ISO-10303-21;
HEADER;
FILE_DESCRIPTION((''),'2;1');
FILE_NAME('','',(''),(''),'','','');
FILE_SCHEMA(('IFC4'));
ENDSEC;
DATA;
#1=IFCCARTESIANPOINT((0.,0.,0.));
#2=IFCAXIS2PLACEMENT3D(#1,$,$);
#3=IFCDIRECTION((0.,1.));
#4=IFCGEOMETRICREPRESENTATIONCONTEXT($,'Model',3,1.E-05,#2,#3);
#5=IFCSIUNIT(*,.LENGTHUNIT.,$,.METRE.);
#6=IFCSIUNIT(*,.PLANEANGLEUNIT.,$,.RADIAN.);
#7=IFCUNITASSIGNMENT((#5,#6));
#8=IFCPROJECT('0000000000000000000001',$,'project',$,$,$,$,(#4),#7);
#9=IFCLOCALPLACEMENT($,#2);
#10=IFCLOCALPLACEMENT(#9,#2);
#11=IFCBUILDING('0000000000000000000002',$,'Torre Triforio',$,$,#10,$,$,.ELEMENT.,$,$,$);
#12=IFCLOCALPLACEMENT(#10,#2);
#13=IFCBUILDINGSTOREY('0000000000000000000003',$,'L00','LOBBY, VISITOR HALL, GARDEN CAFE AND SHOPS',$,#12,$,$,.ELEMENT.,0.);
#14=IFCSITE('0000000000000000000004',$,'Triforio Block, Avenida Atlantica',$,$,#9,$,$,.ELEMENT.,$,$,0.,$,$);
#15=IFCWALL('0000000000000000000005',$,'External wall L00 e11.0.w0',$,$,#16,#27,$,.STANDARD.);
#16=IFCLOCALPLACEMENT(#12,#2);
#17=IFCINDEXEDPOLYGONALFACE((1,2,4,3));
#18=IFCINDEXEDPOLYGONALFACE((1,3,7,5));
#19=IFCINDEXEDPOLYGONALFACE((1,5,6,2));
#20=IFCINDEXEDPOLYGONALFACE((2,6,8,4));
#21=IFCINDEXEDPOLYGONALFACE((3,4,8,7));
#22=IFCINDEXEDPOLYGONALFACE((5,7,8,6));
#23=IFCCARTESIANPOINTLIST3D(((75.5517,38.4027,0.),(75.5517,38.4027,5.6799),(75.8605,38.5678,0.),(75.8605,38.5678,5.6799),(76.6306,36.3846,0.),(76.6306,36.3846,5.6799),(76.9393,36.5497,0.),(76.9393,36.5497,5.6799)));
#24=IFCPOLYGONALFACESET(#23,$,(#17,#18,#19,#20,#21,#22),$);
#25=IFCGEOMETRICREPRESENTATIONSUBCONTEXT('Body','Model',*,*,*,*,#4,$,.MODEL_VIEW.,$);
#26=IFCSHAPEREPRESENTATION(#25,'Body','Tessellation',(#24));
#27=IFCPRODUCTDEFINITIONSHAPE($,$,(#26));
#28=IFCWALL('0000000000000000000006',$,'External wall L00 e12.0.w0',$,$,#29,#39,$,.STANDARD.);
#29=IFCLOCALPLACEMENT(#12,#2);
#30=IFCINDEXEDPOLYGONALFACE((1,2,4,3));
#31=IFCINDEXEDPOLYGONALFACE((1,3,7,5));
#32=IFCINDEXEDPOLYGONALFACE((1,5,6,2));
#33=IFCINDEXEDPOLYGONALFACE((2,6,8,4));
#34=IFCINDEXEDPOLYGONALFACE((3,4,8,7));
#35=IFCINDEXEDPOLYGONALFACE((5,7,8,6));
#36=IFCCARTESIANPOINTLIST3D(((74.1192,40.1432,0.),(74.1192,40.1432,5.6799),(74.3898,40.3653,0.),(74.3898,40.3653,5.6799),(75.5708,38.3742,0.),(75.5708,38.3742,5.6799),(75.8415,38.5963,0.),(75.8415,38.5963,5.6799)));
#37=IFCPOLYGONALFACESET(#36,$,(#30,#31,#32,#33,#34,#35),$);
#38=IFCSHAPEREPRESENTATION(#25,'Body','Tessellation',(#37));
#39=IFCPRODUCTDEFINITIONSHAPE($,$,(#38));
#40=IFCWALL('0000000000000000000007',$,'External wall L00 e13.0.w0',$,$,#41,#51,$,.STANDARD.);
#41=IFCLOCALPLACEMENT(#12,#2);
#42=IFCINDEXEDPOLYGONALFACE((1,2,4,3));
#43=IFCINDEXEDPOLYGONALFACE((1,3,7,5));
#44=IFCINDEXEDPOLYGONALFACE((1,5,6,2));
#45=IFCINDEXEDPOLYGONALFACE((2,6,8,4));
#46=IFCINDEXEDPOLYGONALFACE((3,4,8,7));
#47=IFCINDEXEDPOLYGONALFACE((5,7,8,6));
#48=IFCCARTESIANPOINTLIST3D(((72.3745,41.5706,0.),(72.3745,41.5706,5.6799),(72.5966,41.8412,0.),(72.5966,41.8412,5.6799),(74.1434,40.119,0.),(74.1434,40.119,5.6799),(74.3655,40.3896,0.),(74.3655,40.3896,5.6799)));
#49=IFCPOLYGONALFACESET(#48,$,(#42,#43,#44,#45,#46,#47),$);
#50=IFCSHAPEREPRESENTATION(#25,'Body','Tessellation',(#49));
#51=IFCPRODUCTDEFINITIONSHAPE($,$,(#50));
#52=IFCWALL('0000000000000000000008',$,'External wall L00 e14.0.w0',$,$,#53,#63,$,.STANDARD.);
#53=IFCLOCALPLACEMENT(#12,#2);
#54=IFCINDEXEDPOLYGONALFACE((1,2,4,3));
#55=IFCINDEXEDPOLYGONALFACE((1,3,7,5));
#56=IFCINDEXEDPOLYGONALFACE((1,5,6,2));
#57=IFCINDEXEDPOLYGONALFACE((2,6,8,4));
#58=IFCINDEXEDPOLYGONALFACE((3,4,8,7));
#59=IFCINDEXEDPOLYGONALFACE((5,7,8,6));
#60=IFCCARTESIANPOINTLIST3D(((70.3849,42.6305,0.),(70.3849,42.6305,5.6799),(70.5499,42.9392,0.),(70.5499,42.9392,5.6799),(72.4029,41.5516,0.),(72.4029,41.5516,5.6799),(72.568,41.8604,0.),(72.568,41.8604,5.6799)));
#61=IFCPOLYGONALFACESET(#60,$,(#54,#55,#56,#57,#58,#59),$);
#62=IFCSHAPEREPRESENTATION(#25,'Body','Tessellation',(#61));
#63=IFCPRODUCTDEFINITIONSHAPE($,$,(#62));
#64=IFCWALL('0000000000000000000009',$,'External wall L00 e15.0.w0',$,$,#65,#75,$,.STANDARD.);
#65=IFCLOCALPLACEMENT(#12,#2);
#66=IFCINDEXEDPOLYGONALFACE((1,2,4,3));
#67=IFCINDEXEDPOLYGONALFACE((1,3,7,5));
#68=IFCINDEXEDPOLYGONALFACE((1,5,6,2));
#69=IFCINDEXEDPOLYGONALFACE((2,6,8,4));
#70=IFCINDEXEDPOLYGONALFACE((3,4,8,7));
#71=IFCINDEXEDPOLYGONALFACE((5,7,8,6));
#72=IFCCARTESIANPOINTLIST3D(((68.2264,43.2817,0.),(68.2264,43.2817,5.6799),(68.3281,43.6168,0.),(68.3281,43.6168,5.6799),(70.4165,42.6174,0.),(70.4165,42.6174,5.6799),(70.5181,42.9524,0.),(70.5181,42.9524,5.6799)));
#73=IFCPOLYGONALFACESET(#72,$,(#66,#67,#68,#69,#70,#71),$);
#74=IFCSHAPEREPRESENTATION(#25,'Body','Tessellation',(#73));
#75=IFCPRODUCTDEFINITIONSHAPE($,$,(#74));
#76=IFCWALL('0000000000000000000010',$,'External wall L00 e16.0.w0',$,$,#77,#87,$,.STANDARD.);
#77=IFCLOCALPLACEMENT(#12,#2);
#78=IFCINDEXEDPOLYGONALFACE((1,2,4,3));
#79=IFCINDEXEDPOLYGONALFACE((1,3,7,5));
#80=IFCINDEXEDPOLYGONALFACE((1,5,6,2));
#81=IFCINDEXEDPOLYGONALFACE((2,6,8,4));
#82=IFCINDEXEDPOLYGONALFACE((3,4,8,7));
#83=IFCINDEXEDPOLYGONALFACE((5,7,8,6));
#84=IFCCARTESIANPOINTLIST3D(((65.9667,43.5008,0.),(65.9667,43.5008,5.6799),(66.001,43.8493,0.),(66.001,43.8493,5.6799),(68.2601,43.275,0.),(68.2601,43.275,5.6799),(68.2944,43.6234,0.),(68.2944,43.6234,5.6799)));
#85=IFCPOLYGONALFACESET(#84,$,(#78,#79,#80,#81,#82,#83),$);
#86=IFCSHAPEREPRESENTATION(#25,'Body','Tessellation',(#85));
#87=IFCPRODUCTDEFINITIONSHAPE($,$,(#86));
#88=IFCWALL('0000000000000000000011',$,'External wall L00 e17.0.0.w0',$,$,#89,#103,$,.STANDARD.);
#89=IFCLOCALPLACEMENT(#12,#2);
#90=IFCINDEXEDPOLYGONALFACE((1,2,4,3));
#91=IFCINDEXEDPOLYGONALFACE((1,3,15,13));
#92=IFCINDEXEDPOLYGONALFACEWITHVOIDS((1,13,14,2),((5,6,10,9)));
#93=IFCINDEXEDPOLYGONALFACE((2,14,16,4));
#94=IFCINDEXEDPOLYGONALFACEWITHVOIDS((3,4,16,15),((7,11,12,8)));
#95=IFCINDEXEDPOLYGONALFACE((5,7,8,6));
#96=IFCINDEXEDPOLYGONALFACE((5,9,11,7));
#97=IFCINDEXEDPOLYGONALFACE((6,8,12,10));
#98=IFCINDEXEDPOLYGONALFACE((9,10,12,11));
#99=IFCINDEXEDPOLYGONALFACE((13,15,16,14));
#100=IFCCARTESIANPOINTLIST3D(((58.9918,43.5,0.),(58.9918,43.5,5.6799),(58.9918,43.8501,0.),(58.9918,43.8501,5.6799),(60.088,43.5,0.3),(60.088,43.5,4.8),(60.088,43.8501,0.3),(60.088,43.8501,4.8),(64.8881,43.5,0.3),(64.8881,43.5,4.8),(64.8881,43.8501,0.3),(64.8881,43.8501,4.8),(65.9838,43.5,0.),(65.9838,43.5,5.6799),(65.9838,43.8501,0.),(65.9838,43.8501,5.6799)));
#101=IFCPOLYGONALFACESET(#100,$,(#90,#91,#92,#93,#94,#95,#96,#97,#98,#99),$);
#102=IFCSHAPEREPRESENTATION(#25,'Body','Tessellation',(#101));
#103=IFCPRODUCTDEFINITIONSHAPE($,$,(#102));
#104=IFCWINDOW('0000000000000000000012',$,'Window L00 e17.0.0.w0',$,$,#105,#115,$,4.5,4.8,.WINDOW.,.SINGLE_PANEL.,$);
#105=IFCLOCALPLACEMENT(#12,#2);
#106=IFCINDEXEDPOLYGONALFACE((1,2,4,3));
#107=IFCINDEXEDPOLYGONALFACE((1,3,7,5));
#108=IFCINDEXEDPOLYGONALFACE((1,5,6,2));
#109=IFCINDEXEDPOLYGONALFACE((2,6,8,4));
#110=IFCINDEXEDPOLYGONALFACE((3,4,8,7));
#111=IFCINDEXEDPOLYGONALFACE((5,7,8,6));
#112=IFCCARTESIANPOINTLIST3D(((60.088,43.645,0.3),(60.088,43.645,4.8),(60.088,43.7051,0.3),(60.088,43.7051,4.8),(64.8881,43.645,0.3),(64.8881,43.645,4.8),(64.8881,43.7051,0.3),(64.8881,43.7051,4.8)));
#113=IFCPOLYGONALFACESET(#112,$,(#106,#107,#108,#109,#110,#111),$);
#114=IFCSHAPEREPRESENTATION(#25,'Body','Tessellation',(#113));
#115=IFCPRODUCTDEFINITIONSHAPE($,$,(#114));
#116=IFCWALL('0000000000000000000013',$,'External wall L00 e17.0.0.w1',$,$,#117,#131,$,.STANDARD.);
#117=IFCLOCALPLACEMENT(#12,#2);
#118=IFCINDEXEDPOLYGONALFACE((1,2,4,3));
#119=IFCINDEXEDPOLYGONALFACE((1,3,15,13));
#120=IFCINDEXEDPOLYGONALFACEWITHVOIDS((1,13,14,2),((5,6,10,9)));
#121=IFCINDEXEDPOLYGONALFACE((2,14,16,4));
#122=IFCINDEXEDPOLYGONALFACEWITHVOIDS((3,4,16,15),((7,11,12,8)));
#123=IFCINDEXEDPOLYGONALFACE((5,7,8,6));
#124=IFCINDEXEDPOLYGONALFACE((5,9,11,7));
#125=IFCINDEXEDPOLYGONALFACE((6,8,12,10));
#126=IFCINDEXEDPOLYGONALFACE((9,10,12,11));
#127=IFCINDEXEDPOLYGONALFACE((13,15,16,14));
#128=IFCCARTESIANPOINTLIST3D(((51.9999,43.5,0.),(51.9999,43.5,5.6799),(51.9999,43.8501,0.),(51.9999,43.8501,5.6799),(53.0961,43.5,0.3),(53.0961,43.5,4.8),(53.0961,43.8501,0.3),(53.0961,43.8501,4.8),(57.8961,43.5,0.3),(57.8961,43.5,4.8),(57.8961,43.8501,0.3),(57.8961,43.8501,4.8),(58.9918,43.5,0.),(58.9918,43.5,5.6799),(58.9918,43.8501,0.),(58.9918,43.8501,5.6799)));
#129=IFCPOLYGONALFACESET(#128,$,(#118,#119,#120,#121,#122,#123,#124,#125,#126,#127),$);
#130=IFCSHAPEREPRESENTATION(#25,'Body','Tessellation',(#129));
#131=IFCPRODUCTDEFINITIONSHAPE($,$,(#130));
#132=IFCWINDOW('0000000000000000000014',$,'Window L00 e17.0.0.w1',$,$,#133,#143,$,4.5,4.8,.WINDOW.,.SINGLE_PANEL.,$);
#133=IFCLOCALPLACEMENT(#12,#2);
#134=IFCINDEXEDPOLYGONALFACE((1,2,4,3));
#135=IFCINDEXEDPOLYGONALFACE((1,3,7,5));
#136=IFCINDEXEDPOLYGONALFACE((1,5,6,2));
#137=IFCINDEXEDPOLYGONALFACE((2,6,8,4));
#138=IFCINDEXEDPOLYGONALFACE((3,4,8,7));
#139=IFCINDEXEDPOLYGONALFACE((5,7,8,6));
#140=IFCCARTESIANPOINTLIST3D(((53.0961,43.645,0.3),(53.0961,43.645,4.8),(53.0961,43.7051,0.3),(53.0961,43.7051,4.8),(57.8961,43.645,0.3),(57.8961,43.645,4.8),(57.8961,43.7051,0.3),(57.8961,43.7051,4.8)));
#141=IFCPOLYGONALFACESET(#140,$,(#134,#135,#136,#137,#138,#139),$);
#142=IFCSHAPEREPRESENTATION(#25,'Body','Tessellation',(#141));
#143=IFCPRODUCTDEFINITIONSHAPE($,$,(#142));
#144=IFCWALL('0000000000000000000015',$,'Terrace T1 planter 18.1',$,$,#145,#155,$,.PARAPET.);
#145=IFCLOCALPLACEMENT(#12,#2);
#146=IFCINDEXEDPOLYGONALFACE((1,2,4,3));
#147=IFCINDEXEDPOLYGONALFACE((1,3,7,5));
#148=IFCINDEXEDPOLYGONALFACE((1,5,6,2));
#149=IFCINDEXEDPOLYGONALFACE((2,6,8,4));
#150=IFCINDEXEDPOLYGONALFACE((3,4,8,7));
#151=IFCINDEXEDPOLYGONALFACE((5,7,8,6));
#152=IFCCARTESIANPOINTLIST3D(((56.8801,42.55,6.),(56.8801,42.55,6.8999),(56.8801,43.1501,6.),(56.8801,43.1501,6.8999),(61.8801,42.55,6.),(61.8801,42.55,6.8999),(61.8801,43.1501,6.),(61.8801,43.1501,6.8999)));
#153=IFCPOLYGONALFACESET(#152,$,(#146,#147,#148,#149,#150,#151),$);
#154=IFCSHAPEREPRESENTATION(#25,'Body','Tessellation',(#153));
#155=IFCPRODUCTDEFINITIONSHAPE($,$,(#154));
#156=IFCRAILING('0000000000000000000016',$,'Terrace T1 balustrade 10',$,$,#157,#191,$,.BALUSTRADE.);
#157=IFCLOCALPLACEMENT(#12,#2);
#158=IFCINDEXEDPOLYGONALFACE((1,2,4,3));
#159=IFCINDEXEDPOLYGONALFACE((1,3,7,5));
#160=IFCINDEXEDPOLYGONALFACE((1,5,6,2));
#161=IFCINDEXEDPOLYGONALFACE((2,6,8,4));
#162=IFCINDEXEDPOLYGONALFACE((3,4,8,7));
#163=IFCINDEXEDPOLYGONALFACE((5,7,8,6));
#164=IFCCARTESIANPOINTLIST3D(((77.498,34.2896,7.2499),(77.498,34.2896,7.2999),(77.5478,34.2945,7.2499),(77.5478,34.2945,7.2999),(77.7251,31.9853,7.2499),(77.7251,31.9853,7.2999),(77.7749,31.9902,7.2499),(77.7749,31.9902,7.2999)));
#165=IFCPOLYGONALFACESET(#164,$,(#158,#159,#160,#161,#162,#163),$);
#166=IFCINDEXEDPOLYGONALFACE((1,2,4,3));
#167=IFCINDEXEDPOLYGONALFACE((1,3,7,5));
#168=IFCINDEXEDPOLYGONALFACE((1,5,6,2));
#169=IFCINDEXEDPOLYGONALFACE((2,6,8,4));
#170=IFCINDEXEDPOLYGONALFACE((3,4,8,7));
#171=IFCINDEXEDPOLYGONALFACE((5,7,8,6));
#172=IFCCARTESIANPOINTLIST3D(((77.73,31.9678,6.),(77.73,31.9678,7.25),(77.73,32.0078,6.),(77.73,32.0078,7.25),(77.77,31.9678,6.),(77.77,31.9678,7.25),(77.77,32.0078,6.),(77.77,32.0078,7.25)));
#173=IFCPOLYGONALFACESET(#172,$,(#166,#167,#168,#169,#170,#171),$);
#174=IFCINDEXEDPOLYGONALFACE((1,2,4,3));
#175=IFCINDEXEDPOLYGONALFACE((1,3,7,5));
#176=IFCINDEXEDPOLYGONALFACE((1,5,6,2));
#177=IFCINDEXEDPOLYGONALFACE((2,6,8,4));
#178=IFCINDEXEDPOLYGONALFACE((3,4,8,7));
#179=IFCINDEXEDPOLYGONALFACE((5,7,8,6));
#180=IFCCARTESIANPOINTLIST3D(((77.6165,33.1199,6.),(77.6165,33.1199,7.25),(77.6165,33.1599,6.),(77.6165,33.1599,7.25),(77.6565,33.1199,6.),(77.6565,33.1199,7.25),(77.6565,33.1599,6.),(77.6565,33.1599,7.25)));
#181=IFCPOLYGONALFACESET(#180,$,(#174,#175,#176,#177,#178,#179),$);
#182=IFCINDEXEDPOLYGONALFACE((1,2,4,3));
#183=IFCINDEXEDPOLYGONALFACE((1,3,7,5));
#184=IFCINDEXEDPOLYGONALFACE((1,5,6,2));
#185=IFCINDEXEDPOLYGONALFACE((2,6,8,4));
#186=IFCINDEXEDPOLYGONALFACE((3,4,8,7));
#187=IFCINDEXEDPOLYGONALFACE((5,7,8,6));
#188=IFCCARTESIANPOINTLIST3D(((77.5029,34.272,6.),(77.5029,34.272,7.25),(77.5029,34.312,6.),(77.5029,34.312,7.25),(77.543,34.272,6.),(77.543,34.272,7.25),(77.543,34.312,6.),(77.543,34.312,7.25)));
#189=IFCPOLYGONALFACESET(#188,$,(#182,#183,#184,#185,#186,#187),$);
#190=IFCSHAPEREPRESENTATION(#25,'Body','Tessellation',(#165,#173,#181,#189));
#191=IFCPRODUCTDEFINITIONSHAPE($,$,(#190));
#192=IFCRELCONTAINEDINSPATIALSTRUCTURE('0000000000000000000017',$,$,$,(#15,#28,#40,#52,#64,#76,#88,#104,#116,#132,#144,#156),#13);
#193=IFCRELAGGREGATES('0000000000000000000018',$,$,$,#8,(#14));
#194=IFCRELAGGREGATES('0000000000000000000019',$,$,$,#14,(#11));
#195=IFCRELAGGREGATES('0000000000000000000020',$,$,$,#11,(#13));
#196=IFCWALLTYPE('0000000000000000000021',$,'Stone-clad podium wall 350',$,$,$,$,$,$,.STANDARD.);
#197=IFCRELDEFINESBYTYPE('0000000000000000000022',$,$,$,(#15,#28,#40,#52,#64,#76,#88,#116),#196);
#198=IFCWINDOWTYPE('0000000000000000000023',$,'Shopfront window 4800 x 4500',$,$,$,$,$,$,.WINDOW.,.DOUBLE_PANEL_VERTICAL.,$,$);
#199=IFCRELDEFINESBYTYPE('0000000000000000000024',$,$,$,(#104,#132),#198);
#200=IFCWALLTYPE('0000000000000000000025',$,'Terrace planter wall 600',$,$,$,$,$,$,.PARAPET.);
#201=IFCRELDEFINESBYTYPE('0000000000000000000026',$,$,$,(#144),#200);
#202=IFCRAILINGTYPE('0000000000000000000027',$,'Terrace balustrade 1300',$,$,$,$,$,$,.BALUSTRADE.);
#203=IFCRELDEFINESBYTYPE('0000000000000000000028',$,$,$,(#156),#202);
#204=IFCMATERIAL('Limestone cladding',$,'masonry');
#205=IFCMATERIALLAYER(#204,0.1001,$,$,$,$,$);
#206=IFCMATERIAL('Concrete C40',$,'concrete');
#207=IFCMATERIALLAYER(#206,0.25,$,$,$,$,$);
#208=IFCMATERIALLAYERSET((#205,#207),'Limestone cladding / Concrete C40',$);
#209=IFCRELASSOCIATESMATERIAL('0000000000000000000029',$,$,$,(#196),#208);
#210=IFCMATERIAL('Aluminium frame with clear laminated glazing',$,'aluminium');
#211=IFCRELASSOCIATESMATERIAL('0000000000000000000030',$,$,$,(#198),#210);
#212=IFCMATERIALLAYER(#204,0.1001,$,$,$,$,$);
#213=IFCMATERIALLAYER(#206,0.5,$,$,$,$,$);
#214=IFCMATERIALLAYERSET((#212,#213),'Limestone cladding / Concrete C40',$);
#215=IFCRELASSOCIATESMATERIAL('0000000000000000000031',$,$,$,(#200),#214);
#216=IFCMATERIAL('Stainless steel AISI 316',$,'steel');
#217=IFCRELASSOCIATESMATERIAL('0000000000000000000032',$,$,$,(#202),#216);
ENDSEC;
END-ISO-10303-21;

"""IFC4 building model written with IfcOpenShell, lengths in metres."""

from ifc_helpers import new_model, si_unit, direction, frame, frame_2d, origin, origin_2d, place, context, subcontext, project, spatial, rectangle, extrude, material, layer, layer_set, type_object, element, fill, save


model = new_model("IFC4")

# Units and contexts
model_context = context("Model", 3, precision=1e-05, world=origin(), true_north=direction((0.0, 1.0)))
body_context = subcontext(model_context, "Body", "Model", "MODEL_VIEW")
ifc_project = project(units=[si_unit("LENGTHUNIT", "METRE"), si_unit("PLANEANGLEUNIT", "RADIAN")], contexts=[model_context])

# Site, building, storey
site_placement = place(None, origin())
site = spatial("IfcSite", under=ifc_project, at=site_placement, Name="Triforio Block, Avenida Atlantica", CompositionType="ELEMENT", RefElevation=0.0)
building_placement = place(site_placement, origin())
building = spatial("IfcBuilding", under=site, at=building_placement, Name="Torre Triforio", CompositionType="ELEMENT")
storey_placement = place(building_placement, origin())
storey = spatial("IfcBuildingStorey", under=building, at=storey_placement, Name="L00", Description="LOBBY, VISITOR HALL, GARDEN CAFE AND SHOPS", CompositionType="ELEMENT", Elevation=0.0)

# Walls
ifc_material_1 = material(Name="Concrete C40", Category="concrete")
ifc_material_2 = material(Name="Limestone cladding", Category="masonry")
ifc_layer_1 = layer(ifc_material_2, 0.1001)
ifc_layer_2 = layer(ifc_material_1, 0.25)
ifc_layer_set_1 = layer_set([ifc_layer_1, ifc_layer_2], Name="Limestone cladding / Concrete C40")
wall_type_1 = type_object("IfcWallType", Name="Stone-clad podium wall 350", PredefinedType="STANDARD", material=ifc_layer_set_1)
for number, where, z_axis, x_axis, name in (
    (1, (76.7849, 36.4673, 0.0), (0.0, 0.0, 1.0), (-0.471457, 0.881889, 0.0), "External wall L00 e11.0.w0"),
    (2, (75.7061, 38.4854, 0.0), (0.0, 0.0, 1.0), (-0.634353, 0.773044, 0.0), "External wall L00 e12.0.w0"),
    (3, (74.2544, 40.2544, 0.0), (0.0, 0.0, 1.0), (-0.773044, 0.634353, 0.0), "External wall L00 e13.0.w0"),
    (4, (72.4854, 41.7061, 0.0), (0.0, 0.0, 1.0), (-0.881889, 0.471457, 0.0), "External wall L00 e14.0.w0"),
):
    element("IfcWall", number, at=place(storey_placement, frame(where, z_axis=z_axis, x_axis=x_axis)), inside=storey, type_object=wall_type_1, Name=name, PredefinedType="STANDARD", context=body_context, shape_type="SweptSolid", body=[
        extrude(rectangle(XDim=2.2883, YDim=0.3501, at=frame_2d((1.144, 0.0))), origin(), (0.0, 0.0, 1.0), 5.6799),
    ])
wall_1_placement = place(storey_placement, frame((70.4673, 42.7849, 0.0), z_axis=(0.0, 0.0, 1.0), x_axis=(-0.956941, 0.290283, 0.0)))
element("IfcWall", 5, at=wall_1_placement, inside=storey, type_object=wall_type_1, Name="External wall L00 e15.0.w0", PredefinedType="STANDARD", context=body_context, shape_type="SweptSolid", body=[
    extrude(rectangle(XDim=2.2886, YDim=0.3501, at=frame_2d((1.1443, 0.0))), origin(), (0.0, 0.0, 1.0), 5.6799),
])
wall_2_placement = place(storey_placement, frame((68.2773, 43.4492, 0.0), z_axis=(0.0, 0.0, 1.0), x_axis=(-0.995187, 0.097993, 0.0)))
element("IfcWall", 6, at=wall_2_placement, inside=storey, type_object=wall_type_1, Name="External wall L00 e16.0.w0", PredefinedType="STANDARD", context=body_context, shape_type="SweptSolid", body=[
    extrude(rectangle(XDim=2.3044, YDim=0.3501, at=frame_2d((1.1523, 0.0))), origin(), (0.0, 0.0, 1.0), 5.6799),
])

# Walls, openings, windows
wall_3_placement = place(storey_placement, frame((65.9839, 43.675, 0.0), z_axis=(0.0, 0.0, 1.0), x_axis=(-1.0, 0.0, 0.0)))
wall_3 = element("IfcWall", 7, at=wall_3_placement, inside=storey, type_object=wall_type_1, Name="External wall L00 e17.0.0.w0", PredefinedType="STANDARD", context=body_context, shape_type="SweptSolid", body=[
    extrude(rectangle(XDim=6.9919, YDim=0.3501, at=frame_2d((3.4961, 0.0))), origin(), (0.0, 0.0, 1.0), 5.6799),
])
opening_1_placement = place(wall_3_placement, frame((1.0959, 0.0, 0.3)))
opening_1 = element("IfcOpeningElement", 8, at=opening_1_placement, cuts=wall_3, PredefinedType="OPENING", context=body_context, shape_type="SweptSolid", body=[
    extrude(rectangle(XDim=4.8, YDim=4.5, at=frame_2d((2.3999, 2.25))), frame((0.0, 0.1851, 0.0), z_axis=(0.0, -1.0, 0.0), x_axis=(1.0, 0.0, 0.0)), (0.0, 0.0, 1.0), 0.3701),
])
ifc_material_3 = material(Name="Aluminium frame with clear laminated glazing", Category="aluminium")
window_type = type_object("IfcWindowType", Name="Shopfront window 4800 x 4500", PartitioningType="DOUBLE_PANEL_VERTICAL", PredefinedType="WINDOW", material=ifc_material_3)
window_1_placement = place(opening_1_placement, origin())
window_1 = element("IfcWindow", 9, at=window_1_placement, inside=storey, type_object=window_type, Name="Window L00 e17.0.0.w0", OverallHeight=4.5, OverallWidth=4.8, PartitioningType="SINGLE_PANEL", PredefinedType="WINDOW", context=body_context, shape_type="SweptSolid", body=[
    extrude(rectangle(XDim=4.8, YDim=4.5, at=frame_2d((2.3999, 2.25))), frame((0.0, 0.03, 0.0), z_axis=(0.0, -1.0, 0.0), x_axis=(1.0, 0.0, 0.0)), (0.0, 0.0, 1.0), 0.0601),
])
fill(opening_1, window_1)
wall_4_placement = place(storey_placement, frame((58.9919, 43.675, 0.0), z_axis=(0.0, 0.0, 1.0), x_axis=(-1.0, 0.0, 0.0)))
wall_4 = element("IfcWall", 10, at=wall_4_placement, inside=storey, type_object=wall_type_1, Name="External wall L00 e17.0.0.w1", PredefinedType="STANDARD", context=body_context, shape_type="SweptSolid", body=[
    extrude(rectangle(XDim=6.9919, YDim=0.3501, at=frame_2d((3.4961, 0.0))), origin(), (0.0, 0.0, 1.0), 5.6799),
])
opening_2_placement = place(wall_4_placement, frame((1.0959, 0.0, 0.3)))
opening_2 = element("IfcOpeningElement", 11, at=opening_2_placement, cuts=wall_4, PredefinedType="OPENING", context=body_context, shape_type="SweptSolid", body=[
    extrude(rectangle(XDim=4.8, YDim=4.5, at=frame_2d((2.3999, 2.25))), frame((0.0, 0.1851, 0.0), z_axis=(0.0, -1.0, 0.0), x_axis=(1.0, 0.0, 0.0)), (0.0, 0.0, 1.0), 0.3701),
])
window_2_placement = place(opening_2_placement, origin())
window_2 = element("IfcWindow", 12, at=window_2_placement, inside=storey, type_object=window_type, Name="Window L00 e17.0.0.w1", OverallHeight=4.5, OverallWidth=4.8, PartitioningType="SINGLE_PANEL", PredefinedType="WINDOW", context=body_context, shape_type="SweptSolid", body=[
    extrude(rectangle(XDim=4.8, YDim=4.5, at=frame_2d((2.3999, 2.25))), frame((0.0, 0.03, 0.0), z_axis=(0.0, -1.0, 0.0), x_axis=(1.0, 0.0, 0.0)), (0.0, 0.0, 1.0), 0.0601),
])
fill(opening_2, window_2)

# Wall
ifc_layer_3 = layer(ifc_material_2, 0.1001)
ifc_layer_4 = layer(ifc_material_1, 0.5)
ifc_layer_set_2 = layer_set([ifc_layer_3, ifc_layer_4], Name="Limestone cladding / Concrete C40")
wall_type_2 = type_object("IfcWallType", Name="Terrace planter wall 600", PredefinedType="PARAPET", material=ifc_layer_set_2)
wall_5_placement = place(storey_placement, frame((61.8801, 42.8501, 6.0), z_axis=(0.0, 0.0, 1.0), x_axis=(-1.0, 0.0, 0.0)))
element("IfcWall", 13, at=wall_5_placement, inside=storey, type_object=wall_type_2, Name="Terrace T1 planter 18.1", PredefinedType="PARAPET", context=body_context, shape_type="SweptSolid", body=[
    extrude(rectangle(XDim=5.0, YDim=0.6001, at=frame_2d((2.5, 0.0))), origin(), (0.0, 0.0, 1.0), 0.8999),
])

# Railing
ifc_material_4 = material(Name="Stainless steel AISI 316", Category="steel")
railing_type = type_object("IfcRailingType", Name="Terrace balustrade 1300", PredefinedType="BALUSTRADE", material=ifc_material_4)
railing_1_placement = place(storey_placement, frame((77.75, 31.9878, 6.0)))
element("IfcRailing", 14, at=railing_1_placement, inside=storey, type_object=railing_type, Name="Terrace T1 balustrade 10", PredefinedType="BALUSTRADE", context=body_context, shape_type="SweptSolid", body=[
    extrude(rectangle(XDim=0.05, YDim=0.05, at=origin_2d()), frame((0.0, 0.0, 1.2749), z_axis=(-0.098063, 0.99518, 0.0), x_axis=(-0.99518, -0.098063, 0.0)), (0.0, 0.0, 1.0), 2.3154),
    extrude(rectangle(XDim=0.04, YDim=0.04, at=origin_2d()), origin(), (0.0, 0.0, 1.0), 1.25),
    extrude(rectangle(XDim=0.04, YDim=0.04, at=origin_2d()), frame((-0.1135, 1.1521, 0.0)), (0.0, 0.0, 1.0), 1.25),
    extrude(rectangle(XDim=0.04, YDim=0.04, at=origin_2d()), frame((-0.2271, 2.3042, 0.0)), (0.0, 0.0, 1.0), 1.25),
])

save(model, "model.ifc")
